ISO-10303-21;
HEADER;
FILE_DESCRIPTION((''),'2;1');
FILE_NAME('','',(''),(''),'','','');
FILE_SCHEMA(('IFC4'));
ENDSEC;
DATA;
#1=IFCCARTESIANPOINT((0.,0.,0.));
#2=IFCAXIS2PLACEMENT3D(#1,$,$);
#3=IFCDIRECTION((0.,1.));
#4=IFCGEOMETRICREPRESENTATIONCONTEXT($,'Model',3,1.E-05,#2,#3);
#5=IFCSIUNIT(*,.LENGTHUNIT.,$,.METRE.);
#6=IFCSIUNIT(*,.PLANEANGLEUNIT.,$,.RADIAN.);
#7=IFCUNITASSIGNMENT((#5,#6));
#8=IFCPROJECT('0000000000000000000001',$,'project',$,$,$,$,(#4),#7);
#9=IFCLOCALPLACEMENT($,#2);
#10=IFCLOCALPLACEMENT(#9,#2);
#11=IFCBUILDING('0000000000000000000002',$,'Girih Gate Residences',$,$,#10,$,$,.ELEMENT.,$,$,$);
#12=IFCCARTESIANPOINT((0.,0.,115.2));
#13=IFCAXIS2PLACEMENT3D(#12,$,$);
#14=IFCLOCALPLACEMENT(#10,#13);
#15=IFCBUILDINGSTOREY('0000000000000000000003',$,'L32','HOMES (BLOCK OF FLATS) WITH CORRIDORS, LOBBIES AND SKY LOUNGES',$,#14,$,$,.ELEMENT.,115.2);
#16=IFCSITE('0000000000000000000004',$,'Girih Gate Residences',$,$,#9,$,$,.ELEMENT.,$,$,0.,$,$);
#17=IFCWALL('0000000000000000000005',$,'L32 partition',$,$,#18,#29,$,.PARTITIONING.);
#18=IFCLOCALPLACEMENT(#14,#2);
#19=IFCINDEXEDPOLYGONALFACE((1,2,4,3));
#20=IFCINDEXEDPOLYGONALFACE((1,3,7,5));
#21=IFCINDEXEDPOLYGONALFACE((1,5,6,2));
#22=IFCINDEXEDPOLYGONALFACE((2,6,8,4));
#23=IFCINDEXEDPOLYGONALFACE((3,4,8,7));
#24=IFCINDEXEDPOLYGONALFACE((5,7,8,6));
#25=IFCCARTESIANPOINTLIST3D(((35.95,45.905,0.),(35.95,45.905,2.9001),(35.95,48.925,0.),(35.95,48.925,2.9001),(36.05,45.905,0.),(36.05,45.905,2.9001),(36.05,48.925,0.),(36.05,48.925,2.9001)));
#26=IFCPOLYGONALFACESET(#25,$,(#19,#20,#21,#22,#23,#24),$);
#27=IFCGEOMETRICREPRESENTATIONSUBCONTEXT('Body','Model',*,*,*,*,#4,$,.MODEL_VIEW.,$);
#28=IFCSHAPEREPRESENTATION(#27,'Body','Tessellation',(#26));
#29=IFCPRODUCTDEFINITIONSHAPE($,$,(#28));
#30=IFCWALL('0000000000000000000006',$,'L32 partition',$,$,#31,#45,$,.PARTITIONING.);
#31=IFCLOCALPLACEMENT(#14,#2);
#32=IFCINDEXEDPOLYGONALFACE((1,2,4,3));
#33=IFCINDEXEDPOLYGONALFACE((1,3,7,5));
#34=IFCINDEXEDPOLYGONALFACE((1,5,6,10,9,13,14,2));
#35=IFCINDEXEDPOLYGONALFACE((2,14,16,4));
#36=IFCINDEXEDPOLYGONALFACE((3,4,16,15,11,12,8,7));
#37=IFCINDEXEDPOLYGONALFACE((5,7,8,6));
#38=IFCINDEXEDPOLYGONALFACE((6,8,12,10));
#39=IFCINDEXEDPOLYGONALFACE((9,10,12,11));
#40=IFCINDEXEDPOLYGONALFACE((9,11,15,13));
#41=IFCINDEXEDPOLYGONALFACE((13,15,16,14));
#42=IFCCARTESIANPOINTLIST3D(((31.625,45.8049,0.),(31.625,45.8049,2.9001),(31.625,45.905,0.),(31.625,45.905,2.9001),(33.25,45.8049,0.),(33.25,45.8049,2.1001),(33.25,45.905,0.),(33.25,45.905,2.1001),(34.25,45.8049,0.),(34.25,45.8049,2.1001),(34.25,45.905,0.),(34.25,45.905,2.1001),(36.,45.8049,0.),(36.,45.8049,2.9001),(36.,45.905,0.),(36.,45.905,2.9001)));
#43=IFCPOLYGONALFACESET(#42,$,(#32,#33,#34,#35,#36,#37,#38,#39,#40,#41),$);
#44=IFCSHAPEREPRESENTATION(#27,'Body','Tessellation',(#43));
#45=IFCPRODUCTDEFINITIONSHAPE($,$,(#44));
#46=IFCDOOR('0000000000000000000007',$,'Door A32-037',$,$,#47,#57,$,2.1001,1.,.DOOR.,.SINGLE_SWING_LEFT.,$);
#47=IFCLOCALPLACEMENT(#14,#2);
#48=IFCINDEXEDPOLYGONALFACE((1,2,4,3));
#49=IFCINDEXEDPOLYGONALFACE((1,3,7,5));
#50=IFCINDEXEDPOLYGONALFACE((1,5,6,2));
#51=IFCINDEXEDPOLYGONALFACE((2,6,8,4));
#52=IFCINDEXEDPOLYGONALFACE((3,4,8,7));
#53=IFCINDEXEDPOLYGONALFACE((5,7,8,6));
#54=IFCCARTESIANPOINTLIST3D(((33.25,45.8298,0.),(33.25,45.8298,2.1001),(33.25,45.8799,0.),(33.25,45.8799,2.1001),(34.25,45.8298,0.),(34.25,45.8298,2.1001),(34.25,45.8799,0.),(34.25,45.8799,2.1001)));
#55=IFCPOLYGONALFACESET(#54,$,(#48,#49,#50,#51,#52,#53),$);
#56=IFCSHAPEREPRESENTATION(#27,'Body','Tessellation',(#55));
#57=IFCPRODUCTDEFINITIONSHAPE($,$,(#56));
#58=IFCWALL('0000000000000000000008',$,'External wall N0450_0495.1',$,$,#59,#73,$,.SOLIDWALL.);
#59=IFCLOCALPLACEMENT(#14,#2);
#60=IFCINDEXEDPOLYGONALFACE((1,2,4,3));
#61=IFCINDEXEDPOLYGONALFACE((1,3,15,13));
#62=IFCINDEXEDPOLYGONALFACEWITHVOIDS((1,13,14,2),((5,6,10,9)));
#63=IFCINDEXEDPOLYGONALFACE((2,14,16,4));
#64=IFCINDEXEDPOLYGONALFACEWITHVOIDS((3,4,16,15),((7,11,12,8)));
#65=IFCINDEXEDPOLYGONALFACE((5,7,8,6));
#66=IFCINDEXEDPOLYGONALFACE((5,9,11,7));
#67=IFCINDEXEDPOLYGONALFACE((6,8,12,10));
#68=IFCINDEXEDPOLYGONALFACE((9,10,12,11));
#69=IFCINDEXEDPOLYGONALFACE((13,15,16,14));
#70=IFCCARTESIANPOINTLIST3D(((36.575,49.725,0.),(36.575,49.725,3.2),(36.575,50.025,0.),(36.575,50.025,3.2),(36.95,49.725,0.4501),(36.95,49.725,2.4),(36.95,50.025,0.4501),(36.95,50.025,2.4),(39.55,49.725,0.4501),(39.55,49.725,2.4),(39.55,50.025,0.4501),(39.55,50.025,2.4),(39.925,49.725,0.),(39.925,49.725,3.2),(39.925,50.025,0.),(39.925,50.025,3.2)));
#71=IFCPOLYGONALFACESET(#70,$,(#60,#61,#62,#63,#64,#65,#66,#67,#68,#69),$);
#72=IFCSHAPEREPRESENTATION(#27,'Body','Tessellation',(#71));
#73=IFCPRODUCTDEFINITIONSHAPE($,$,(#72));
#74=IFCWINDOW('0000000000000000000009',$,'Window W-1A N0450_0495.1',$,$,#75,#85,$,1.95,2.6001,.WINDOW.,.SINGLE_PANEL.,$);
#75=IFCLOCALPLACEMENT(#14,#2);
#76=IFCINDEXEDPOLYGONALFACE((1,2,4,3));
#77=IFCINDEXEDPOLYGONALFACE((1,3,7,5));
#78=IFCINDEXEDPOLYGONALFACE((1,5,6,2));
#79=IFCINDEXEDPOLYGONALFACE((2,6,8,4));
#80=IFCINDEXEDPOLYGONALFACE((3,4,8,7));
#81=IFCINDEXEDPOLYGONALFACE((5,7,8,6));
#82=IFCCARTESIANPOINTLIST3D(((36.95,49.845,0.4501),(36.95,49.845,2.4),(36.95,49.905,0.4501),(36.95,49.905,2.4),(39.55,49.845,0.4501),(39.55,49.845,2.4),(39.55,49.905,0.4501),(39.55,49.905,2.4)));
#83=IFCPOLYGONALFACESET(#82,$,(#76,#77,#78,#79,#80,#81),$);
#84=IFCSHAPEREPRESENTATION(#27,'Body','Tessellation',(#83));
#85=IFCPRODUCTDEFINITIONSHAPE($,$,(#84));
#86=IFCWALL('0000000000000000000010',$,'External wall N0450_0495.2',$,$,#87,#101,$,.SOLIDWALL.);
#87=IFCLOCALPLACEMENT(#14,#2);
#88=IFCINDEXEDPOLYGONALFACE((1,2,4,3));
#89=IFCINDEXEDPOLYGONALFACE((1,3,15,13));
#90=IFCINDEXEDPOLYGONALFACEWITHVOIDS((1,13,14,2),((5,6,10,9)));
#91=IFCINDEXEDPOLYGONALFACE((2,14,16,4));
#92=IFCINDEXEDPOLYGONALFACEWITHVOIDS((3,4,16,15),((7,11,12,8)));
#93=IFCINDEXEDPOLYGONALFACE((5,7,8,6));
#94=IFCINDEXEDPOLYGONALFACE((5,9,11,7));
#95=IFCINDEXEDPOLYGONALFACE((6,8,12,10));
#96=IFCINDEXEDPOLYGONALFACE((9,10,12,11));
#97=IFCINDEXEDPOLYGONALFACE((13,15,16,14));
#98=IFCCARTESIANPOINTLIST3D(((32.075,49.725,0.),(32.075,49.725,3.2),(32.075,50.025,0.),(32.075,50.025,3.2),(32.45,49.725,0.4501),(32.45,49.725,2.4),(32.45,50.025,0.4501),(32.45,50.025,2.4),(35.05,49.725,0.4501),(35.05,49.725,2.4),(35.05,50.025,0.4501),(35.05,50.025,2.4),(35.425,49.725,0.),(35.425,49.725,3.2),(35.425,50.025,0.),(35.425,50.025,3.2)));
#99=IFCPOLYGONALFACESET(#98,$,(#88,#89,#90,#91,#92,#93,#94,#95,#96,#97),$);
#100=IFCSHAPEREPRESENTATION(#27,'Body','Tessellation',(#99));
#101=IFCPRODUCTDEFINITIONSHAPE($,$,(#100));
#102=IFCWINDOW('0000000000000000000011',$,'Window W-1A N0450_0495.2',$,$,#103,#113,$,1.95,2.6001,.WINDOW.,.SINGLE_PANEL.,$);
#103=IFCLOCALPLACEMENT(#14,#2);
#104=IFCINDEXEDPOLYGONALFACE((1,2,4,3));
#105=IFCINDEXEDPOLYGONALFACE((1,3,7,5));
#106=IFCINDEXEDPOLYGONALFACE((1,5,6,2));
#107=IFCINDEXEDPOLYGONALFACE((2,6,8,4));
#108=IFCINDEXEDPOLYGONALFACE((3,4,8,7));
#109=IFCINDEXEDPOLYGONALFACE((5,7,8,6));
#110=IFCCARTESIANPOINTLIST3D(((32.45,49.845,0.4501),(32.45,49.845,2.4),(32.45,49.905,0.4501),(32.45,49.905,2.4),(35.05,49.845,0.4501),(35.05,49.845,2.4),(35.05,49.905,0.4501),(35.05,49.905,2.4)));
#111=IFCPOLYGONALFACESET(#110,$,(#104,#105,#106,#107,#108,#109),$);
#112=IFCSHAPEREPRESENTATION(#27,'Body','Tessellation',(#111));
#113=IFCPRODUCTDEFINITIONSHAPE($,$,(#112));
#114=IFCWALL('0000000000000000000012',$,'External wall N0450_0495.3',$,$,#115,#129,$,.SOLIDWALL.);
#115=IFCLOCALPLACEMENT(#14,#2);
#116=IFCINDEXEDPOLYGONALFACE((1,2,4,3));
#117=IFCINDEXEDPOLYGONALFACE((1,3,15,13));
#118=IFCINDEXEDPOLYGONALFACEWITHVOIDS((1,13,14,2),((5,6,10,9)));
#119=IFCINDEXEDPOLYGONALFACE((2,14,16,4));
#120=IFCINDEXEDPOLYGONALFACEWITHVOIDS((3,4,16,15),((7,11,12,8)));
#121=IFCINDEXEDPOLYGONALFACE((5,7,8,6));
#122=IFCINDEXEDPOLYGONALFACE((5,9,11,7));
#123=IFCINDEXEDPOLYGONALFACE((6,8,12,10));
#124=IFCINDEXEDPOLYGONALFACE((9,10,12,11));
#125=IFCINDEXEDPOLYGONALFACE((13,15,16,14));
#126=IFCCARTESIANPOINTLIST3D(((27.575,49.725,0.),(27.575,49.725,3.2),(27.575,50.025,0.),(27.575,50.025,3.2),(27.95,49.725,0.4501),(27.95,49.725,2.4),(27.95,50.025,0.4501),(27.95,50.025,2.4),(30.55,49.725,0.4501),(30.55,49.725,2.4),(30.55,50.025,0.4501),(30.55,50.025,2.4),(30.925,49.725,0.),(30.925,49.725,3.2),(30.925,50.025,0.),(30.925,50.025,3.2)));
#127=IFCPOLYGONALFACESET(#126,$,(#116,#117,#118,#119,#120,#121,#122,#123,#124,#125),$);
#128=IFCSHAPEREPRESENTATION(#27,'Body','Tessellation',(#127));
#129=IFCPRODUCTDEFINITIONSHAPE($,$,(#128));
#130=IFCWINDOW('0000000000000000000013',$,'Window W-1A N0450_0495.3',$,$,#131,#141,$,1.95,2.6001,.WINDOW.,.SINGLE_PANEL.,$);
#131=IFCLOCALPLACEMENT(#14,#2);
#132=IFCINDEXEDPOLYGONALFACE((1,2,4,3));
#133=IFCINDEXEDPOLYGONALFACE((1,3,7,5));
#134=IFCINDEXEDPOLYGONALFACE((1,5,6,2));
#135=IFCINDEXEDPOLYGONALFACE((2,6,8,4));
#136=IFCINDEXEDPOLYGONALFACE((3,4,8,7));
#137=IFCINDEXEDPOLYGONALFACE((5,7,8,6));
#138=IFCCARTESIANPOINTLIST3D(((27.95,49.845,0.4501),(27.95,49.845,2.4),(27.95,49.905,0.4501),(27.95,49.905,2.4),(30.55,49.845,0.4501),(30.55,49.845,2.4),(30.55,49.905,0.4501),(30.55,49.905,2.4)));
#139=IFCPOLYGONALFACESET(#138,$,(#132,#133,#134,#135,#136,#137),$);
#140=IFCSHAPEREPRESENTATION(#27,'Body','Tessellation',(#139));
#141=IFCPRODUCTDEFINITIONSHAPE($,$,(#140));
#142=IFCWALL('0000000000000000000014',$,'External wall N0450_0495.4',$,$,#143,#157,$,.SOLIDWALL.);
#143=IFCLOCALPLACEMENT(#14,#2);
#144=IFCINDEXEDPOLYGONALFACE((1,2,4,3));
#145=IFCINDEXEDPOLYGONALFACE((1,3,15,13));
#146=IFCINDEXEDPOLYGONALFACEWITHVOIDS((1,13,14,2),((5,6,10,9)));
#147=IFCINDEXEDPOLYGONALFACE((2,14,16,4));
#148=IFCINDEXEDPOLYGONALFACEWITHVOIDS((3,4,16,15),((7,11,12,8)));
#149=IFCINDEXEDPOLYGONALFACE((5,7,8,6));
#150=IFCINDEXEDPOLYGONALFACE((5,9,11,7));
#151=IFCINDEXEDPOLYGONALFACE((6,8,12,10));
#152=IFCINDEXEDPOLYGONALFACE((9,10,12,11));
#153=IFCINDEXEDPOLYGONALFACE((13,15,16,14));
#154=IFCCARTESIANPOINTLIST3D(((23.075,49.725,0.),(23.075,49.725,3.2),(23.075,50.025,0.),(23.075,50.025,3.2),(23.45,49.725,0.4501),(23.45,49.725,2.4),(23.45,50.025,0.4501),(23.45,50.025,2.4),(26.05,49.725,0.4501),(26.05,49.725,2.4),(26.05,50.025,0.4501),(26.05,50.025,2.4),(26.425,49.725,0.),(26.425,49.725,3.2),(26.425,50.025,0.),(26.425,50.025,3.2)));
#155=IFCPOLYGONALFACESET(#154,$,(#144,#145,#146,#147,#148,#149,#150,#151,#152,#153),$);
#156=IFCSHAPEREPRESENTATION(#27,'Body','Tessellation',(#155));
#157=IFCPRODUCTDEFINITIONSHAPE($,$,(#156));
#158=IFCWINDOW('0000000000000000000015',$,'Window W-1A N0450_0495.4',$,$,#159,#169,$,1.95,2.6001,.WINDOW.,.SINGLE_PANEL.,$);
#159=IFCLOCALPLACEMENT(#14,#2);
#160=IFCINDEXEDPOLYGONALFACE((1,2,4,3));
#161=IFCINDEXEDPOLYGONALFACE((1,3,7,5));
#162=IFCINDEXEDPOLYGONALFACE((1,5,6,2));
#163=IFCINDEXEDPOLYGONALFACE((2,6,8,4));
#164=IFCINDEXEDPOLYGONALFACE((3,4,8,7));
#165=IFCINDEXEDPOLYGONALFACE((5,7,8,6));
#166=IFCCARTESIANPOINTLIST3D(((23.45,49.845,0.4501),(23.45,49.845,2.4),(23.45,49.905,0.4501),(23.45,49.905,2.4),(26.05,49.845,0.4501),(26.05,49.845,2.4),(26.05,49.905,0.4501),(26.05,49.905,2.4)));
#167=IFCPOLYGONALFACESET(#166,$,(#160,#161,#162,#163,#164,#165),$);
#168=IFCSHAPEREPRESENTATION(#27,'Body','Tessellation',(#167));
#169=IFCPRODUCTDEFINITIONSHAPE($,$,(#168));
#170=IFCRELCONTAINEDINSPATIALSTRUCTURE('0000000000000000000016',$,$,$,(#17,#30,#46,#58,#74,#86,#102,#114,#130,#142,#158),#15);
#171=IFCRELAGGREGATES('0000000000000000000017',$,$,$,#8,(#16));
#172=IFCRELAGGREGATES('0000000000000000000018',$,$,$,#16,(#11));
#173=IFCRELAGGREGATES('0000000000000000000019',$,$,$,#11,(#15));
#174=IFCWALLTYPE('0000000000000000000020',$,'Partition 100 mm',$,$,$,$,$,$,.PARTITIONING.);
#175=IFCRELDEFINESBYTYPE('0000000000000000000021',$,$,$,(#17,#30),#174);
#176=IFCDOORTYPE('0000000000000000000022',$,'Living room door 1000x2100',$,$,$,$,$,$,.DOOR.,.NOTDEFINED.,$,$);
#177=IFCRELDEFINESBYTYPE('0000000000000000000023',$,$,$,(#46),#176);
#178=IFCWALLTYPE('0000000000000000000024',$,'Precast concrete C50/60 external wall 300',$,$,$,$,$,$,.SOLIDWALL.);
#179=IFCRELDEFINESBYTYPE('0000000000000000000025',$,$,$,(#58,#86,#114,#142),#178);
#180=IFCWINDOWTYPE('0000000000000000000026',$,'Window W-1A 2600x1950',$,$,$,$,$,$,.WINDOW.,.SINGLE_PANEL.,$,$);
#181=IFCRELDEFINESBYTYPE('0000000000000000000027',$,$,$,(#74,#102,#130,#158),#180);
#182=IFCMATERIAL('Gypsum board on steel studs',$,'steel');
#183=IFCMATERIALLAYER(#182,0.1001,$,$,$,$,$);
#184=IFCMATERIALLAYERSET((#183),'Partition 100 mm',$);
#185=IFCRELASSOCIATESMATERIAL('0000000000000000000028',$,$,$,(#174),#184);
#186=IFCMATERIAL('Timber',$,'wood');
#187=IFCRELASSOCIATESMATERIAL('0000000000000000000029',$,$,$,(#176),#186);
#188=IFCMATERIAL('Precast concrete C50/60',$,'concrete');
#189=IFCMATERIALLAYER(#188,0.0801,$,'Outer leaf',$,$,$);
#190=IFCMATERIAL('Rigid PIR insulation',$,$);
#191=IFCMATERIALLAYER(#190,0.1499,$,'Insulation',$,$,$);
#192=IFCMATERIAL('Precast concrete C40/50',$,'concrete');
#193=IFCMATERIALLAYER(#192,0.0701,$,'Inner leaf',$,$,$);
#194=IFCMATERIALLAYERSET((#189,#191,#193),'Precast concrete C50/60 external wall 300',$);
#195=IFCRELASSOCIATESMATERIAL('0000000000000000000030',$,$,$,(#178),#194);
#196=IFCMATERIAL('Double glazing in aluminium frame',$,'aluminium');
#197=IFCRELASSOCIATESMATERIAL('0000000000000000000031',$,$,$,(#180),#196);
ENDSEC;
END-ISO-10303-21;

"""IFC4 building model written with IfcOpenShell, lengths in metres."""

from ifc_helpers import new_model, si_unit, direction, frame, frame_2d, origin, place, context, subcontext, project, spatial, rectangle, extrude, material, layer, layer_set, type_object, element, fill, save


model = new_model("IFC4")

# Units and contexts
model_context = context("Model", 3, precision=1e-05, world=origin(), true_north=direction((0.0, 1.0)))
body_context = subcontext(model_context, "Body", "Model", "MODEL_VIEW")
ifc_project = project(units=[si_unit("LENGTHUNIT", "METRE"), si_unit("PLANEANGLEUNIT", "RADIAN")], contexts=[model_context])

# Site, building, storey
site_placement = place(None, origin())
site = spatial("IfcSite", under=ifc_project, at=site_placement, Name="Girih Gate Residences", CompositionType="ELEMENT", RefElevation=0.0)
building_placement = place(site_placement, origin())
building = spatial("IfcBuilding", under=site, at=building_placement, Name="Girih Gate Residences", CompositionType="ELEMENT")
storey_placement = place(building_placement, frame((0.0, 0.0, 115.2)))
storey = spatial("IfcBuildingStorey", under=building, at=storey_placement, Name="L32", Description="HOMES (BLOCK OF FLATS) WITH CORRIDORS, LOBBIES AND SKY LOUNGES", CompositionType="ELEMENT", Elevation=115.2)

# Shared definitions
ifc_material_1 = material(Name="Gypsum board on steel studs", Category="steel")

# Shared definitions
ifc_layer_1 = layer(ifc_material_1, 0.1001)
ifc_layer_set_1 = layer_set([ifc_layer_1], Name="Partition 100 mm")
wall_type_1 = type_object("IfcWallType", Name="Partition 100 mm", PredefinedType="PARTITIONING", material=ifc_layer_set_1)
ifc_material_2 = material(Name="Timber", Category="wood")

# Wall
wall_1_placement = place(storey_placement, frame((36.0, 45.905, 0.0), z_axis=(0.0, 0.0, 1.0), x_axis=(0.0, 1.0, 0.0)))
element("IfcWall", 1, at=wall_1_placement, inside=storey, type_object=wall_type_1, Name="L32 partition", PredefinedType="PARTITIONING", context=body_context, shape_type="SweptSolid", body=[
    extrude(rectangle(XDim=3.02, YDim=0.1001, at=frame_2d((1.51, 0.0))), origin(), (0.0, 0.0, 1.0), 2.9001),
])

# Wall, opening, door
wall_2_placement = place(storey_placement, frame((31.625, 45.855, 0.0), z_axis=(0.0, 0.0, 1.0), x_axis=(1.0, 0.0, 0.0)))
wall_2 = element("IfcWall", 2, at=wall_2_placement, inside=storey, type_object=wall_type_1, Name="L32 partition", PredefinedType="PARTITIONING", context=body_context, shape_type="SweptSolid", body=[
    extrude(rectangle(XDim=4.375, YDim=0.1001, at=frame_2d((2.1875, 0.0))), origin(), (0.0, 0.0, 1.0), 2.9001),
])
opening_1_placement = place(wall_2_placement, frame((1.625, 0.0, 0.0)))
opening_1 = element("IfcOpeningElement", 3, at=opening_1_placement, cuts=wall_2, PredefinedType="OPENING", context=body_context, shape_type="SweptSolid", body=[
    extrude(rectangle(XDim=1.0, YDim=2.1001, at=frame_2d((0.5, 1.05))), frame((0.0, 0.0601, 0.0), z_axis=(0.0, -1.0, 0.0), x_axis=(1.0, 0.0, 0.0)), (0.0, 0.0, 1.0), 0.1201),
])
door_type_1 = type_object("IfcDoorType", Name="Living room door 1000x2100", OperationType="NOTDEFINED", PredefinedType="DOOR", material=ifc_material_2)
door_1_placement = place(opening_1_placement, origin())
door_1 = element("IfcDoor", 4, at=door_1_placement, inside=storey, type_object=door_type_1, Name="Door A32-037", OperationType="SINGLE_SWING_LEFT", OverallHeight=2.1001, OverallWidth=1.0, PredefinedType="DOOR", context=body_context, shape_type="SweptSolid", body=[
    extrude(rectangle(XDim=1.0, YDim=2.1001, at=frame_2d((0.5, 1.05))), frame((0.0, 0.0249, 0.0), z_axis=(0.0, -1.0, 0.0), x_axis=(1.0, 0.0, 0.0)), (0.0, 0.0, 1.0), 0.05),
])
fill(opening_1, door_1)

# Walls, openings, windows
ifc_material_3 = material(Name="Precast concrete C50/60", Category="concrete")
ifc_layer_2 = layer(ifc_material_3, 0.0801, Name="Outer leaf")
ifc_material_4 = material(Name="Rigid PIR insulation")
ifc_layer_3 = layer(ifc_material_4, 0.1499, Name="Insulation")
ifc_material_5 = material(Name="Precast concrete C40/50", Category="concrete")
ifc_layer_4 = layer(ifc_material_5, 0.0701, Name="Inner leaf")
ifc_layer_set_2 = layer_set([ifc_layer_2, ifc_layer_3, ifc_layer_4], Name="Precast concrete C50/60 external wall 300")
wall_type_2 = type_object("IfcWallType", Name="Precast concrete C50/60 external wall 300", PredefinedType="SOLIDWALL", material=ifc_layer_set_2)
wall_3_placement = place(storey_placement, frame((36.575, 49.875, 0.0), z_axis=(0.0, 0.0, 1.0), x_axis=(1.0, 0.0, 0.0)))
wall_3 = element("IfcWall", 5, at=wall_3_placement, inside=storey, type_object=wall_type_2, Name="External wall N0450_0495.1", PredefinedType="SOLIDWALL", context=body_context, shape_type="SweptSolid", body=[
    extrude(rectangle(XDim=3.3501, YDim=0.3, at=frame_2d((1.675, 0.0))), origin(), (0.0, 0.0, 1.0), 3.2),
])
opening_2_placement = place(wall_3_placement, frame((0.375, 0.0, 0.45)))
opening_2 = element("IfcOpeningElement", 6, at=opening_2_placement, cuts=wall_3, PredefinedType="OPENING", context=body_context, shape_type="SweptSolid", body=[
    extrude(rectangle(XDim=2.6001, YDim=1.95, at=frame_2d((1.3, 0.9751))), frame((0.0, 0.1599, 0.0), z_axis=(0.0, -1.0, 0.0), x_axis=(1.0, 0.0, 0.0)), (0.0, 0.0, 1.0), 0.3201),
])
ifc_material_6 = material(Name="Double glazing in aluminium frame", Category="aluminium")
window_type = type_object("IfcWindowType", Name="Window W-1A 2600x1950", PartitioningType="SINGLE_PANEL", PredefinedType="WINDOW", material=ifc_material_6)
window_1_placement = place(opening_2_placement, origin())
window_1 = element("IfcWindow", 7, at=window_1_placement, inside=storey, type_object=window_type, Name="Window W-1A N0450_0495.1", OverallHeight=1.95, OverallWidth=2.6001, PartitioningType="SINGLE_PANEL", PredefinedType="WINDOW", context=body_context, shape_type="SweptSolid", body=[
    extrude(rectangle(XDim=2.6001, YDim=1.95, at=frame_2d((1.3, 0.9751))), frame((0.0, 0.03, 0.0), z_axis=(0.0, -1.0, 0.0), x_axis=(1.0, 0.0, 0.0)), (0.0, 0.0, 1.0), 0.0601),
])
fill(opening_2, window_1)
wall_4_placement = place(storey_placement, frame((32.075, 49.875, 0.0), z_axis=(0.0, 0.0, 1.0), x_axis=(1.0, 0.0, 0.0)))
wall_4 = element("IfcWall", 8, at=wall_4_placement, inside=storey, type_object=wall_type_2, Name="External wall N0450_0495.2", PredefinedType="SOLIDWALL", context=body_context, shape_type="SweptSolid", body=[
    extrude(rectangle(XDim=3.3501, YDim=0.3, at=frame_2d((1.675, 0.0))), origin(), (0.0, 0.0, 1.0), 3.2),
])
opening_3_placement = place(wall_4_placement, frame((0.375, 0.0, 0.45)))
opening_3 = element("IfcOpeningElement", 9, at=opening_3_placement, cuts=wall_4, PredefinedType="OPENING", context=body_context, shape_type="SweptSolid", body=[
    extrude(rectangle(XDim=2.6001, YDim=1.95, at=frame_2d((1.3, 0.9751))), frame((0.0, 0.1599, 0.0), z_axis=(0.0, -1.0, 0.0), x_axis=(1.0, 0.0, 0.0)), (0.0, 0.0, 1.0), 0.3201),
])
window_2_placement = place(opening_3_placement, origin())
window_2 = element("IfcWindow", 10, at=window_2_placement, inside=storey, type_object=window_type, Name="Window W-1A N0450_0495.2", OverallHeight=1.95, OverallWidth=2.6001, PartitioningType="SINGLE_PANEL", PredefinedType="WINDOW", context=body_context, shape_type="SweptSolid", body=[
    extrude(rectangle(XDim=2.6001, YDim=1.95, at=frame_2d((1.3, 0.9751))), frame((0.0, 0.03, 0.0), z_axis=(0.0, -1.0, 0.0), x_axis=(1.0, 0.0, 0.0)), (0.0, 0.0, 1.0), 0.0601),
])
fill(opening_3, window_2)
wall_5_placement = place(storey_placement, frame((27.575, 49.875, 0.0), z_axis=(0.0, 0.0, 1.0), x_axis=(1.0, 0.0, 0.0)))
wall_5 = element("IfcWall", 11, at=wall_5_placement, inside=storey, type_object=wall_type_2, Name="External wall N0450_0495.3", PredefinedType="SOLIDWALL", context=body_context, shape_type="SweptSolid", body=[
    extrude(rectangle(XDim=3.3501, YDim=0.3, at=frame_2d((1.675, 0.0))), origin(), (0.0, 0.0, 1.0), 3.2),
])
opening_4_placement = place(wall_5_placement, frame((0.375, 0.0, 0.45)))
opening_4 = element("IfcOpeningElement", 12, at=opening_4_placement, cuts=wall_5, PredefinedType="OPENING", context=body_context, shape_type="SweptSolid", body=[
    extrude(rectangle(XDim=2.6001, YDim=1.95, at=frame_2d((1.3, 0.9751))), frame((0.0, 0.1599, 0.0), z_axis=(0.0, -1.0, 0.0), x_axis=(1.0, 0.0, 0.0)), (0.0, 0.0, 1.0), 0.3201),
])
window_3_placement = place(opening_4_placement, origin())
window_3 = element("IfcWindow", 13, at=window_3_placement, inside=storey, type_object=window_type, Name="Window W-1A N0450_0495.3", OverallHeight=1.95, OverallWidth=2.6001, PartitioningType="SINGLE_PANEL", PredefinedType="WINDOW", context=body_context, shape_type="SweptSolid", body=[
    extrude(rectangle(XDim=2.6001, YDim=1.95, at=frame_2d((1.3, 0.9751))), frame((0.0, 0.03, 0.0), z_axis=(0.0, -1.0, 0.0), x_axis=(1.0, 0.0, 0.0)), (0.0, 0.0, 1.0), 0.0601),
])
fill(opening_4, window_3)
wall_6_placement = place(storey_placement, frame((23.075, 49.875, 0.0), z_axis=(0.0, 0.0, 1.0), x_axis=(1.0, 0.0, 0.0)))
wall_6 = element("IfcWall", 14, at=wall_6_placement, inside=storey, type_object=wall_type_2, Name="External wall N0450_0495.4", PredefinedType="SOLIDWALL", context=body_context, shape_type="SweptSolid", body=[
    extrude(rectangle(XDim=3.3501, YDim=0.3, at=frame_2d((1.675, 0.0))), origin(), (0.0, 0.0, 1.0), 3.2),
])
opening_5_placement = place(wall_6_placement, frame((0.375, 0.0, 0.45)))
opening_5 = element("IfcOpeningElement", 15, at=opening_5_placement, cuts=wall_6, PredefinedType="OPENING", context=body_context, shape_type="SweptSolid", body=[
    extrude(rectangle(XDim=2.6001, YDim=1.95, at=frame_2d((1.3, 0.9751))), frame((0.0, 0.1599, 0.0), z_axis=(0.0, -1.0, 0.0), x_axis=(1.0, 0.0, 0.0)), (0.0, 0.0, 1.0), 0.3201),
])
window_4_placement = place(opening_5_placement, origin())
window_4 = element("IfcWindow", 16, at=window_4_placement, inside=storey, type_object=window_type, Name="Window W-1A N0450_0495.4", OverallHeight=1.95, OverallWidth=2.6001, PartitioningType="SINGLE_PANEL", PredefinedType="WINDOW", context=body_context, shape_type="SweptSolid", body=[
    extrude(rectangle(XDim=2.6001, YDim=1.95, at=frame_2d((1.3, 0.9751))), frame((0.0, 0.03, 0.0), z_axis=(0.0, -1.0, 0.0), x_axis=(1.0, 0.0, 0.0)), (0.0, 0.0, 1.0), 0.0601),
])
fill(opening_5, window_4)

save(model, "model.ifc")
